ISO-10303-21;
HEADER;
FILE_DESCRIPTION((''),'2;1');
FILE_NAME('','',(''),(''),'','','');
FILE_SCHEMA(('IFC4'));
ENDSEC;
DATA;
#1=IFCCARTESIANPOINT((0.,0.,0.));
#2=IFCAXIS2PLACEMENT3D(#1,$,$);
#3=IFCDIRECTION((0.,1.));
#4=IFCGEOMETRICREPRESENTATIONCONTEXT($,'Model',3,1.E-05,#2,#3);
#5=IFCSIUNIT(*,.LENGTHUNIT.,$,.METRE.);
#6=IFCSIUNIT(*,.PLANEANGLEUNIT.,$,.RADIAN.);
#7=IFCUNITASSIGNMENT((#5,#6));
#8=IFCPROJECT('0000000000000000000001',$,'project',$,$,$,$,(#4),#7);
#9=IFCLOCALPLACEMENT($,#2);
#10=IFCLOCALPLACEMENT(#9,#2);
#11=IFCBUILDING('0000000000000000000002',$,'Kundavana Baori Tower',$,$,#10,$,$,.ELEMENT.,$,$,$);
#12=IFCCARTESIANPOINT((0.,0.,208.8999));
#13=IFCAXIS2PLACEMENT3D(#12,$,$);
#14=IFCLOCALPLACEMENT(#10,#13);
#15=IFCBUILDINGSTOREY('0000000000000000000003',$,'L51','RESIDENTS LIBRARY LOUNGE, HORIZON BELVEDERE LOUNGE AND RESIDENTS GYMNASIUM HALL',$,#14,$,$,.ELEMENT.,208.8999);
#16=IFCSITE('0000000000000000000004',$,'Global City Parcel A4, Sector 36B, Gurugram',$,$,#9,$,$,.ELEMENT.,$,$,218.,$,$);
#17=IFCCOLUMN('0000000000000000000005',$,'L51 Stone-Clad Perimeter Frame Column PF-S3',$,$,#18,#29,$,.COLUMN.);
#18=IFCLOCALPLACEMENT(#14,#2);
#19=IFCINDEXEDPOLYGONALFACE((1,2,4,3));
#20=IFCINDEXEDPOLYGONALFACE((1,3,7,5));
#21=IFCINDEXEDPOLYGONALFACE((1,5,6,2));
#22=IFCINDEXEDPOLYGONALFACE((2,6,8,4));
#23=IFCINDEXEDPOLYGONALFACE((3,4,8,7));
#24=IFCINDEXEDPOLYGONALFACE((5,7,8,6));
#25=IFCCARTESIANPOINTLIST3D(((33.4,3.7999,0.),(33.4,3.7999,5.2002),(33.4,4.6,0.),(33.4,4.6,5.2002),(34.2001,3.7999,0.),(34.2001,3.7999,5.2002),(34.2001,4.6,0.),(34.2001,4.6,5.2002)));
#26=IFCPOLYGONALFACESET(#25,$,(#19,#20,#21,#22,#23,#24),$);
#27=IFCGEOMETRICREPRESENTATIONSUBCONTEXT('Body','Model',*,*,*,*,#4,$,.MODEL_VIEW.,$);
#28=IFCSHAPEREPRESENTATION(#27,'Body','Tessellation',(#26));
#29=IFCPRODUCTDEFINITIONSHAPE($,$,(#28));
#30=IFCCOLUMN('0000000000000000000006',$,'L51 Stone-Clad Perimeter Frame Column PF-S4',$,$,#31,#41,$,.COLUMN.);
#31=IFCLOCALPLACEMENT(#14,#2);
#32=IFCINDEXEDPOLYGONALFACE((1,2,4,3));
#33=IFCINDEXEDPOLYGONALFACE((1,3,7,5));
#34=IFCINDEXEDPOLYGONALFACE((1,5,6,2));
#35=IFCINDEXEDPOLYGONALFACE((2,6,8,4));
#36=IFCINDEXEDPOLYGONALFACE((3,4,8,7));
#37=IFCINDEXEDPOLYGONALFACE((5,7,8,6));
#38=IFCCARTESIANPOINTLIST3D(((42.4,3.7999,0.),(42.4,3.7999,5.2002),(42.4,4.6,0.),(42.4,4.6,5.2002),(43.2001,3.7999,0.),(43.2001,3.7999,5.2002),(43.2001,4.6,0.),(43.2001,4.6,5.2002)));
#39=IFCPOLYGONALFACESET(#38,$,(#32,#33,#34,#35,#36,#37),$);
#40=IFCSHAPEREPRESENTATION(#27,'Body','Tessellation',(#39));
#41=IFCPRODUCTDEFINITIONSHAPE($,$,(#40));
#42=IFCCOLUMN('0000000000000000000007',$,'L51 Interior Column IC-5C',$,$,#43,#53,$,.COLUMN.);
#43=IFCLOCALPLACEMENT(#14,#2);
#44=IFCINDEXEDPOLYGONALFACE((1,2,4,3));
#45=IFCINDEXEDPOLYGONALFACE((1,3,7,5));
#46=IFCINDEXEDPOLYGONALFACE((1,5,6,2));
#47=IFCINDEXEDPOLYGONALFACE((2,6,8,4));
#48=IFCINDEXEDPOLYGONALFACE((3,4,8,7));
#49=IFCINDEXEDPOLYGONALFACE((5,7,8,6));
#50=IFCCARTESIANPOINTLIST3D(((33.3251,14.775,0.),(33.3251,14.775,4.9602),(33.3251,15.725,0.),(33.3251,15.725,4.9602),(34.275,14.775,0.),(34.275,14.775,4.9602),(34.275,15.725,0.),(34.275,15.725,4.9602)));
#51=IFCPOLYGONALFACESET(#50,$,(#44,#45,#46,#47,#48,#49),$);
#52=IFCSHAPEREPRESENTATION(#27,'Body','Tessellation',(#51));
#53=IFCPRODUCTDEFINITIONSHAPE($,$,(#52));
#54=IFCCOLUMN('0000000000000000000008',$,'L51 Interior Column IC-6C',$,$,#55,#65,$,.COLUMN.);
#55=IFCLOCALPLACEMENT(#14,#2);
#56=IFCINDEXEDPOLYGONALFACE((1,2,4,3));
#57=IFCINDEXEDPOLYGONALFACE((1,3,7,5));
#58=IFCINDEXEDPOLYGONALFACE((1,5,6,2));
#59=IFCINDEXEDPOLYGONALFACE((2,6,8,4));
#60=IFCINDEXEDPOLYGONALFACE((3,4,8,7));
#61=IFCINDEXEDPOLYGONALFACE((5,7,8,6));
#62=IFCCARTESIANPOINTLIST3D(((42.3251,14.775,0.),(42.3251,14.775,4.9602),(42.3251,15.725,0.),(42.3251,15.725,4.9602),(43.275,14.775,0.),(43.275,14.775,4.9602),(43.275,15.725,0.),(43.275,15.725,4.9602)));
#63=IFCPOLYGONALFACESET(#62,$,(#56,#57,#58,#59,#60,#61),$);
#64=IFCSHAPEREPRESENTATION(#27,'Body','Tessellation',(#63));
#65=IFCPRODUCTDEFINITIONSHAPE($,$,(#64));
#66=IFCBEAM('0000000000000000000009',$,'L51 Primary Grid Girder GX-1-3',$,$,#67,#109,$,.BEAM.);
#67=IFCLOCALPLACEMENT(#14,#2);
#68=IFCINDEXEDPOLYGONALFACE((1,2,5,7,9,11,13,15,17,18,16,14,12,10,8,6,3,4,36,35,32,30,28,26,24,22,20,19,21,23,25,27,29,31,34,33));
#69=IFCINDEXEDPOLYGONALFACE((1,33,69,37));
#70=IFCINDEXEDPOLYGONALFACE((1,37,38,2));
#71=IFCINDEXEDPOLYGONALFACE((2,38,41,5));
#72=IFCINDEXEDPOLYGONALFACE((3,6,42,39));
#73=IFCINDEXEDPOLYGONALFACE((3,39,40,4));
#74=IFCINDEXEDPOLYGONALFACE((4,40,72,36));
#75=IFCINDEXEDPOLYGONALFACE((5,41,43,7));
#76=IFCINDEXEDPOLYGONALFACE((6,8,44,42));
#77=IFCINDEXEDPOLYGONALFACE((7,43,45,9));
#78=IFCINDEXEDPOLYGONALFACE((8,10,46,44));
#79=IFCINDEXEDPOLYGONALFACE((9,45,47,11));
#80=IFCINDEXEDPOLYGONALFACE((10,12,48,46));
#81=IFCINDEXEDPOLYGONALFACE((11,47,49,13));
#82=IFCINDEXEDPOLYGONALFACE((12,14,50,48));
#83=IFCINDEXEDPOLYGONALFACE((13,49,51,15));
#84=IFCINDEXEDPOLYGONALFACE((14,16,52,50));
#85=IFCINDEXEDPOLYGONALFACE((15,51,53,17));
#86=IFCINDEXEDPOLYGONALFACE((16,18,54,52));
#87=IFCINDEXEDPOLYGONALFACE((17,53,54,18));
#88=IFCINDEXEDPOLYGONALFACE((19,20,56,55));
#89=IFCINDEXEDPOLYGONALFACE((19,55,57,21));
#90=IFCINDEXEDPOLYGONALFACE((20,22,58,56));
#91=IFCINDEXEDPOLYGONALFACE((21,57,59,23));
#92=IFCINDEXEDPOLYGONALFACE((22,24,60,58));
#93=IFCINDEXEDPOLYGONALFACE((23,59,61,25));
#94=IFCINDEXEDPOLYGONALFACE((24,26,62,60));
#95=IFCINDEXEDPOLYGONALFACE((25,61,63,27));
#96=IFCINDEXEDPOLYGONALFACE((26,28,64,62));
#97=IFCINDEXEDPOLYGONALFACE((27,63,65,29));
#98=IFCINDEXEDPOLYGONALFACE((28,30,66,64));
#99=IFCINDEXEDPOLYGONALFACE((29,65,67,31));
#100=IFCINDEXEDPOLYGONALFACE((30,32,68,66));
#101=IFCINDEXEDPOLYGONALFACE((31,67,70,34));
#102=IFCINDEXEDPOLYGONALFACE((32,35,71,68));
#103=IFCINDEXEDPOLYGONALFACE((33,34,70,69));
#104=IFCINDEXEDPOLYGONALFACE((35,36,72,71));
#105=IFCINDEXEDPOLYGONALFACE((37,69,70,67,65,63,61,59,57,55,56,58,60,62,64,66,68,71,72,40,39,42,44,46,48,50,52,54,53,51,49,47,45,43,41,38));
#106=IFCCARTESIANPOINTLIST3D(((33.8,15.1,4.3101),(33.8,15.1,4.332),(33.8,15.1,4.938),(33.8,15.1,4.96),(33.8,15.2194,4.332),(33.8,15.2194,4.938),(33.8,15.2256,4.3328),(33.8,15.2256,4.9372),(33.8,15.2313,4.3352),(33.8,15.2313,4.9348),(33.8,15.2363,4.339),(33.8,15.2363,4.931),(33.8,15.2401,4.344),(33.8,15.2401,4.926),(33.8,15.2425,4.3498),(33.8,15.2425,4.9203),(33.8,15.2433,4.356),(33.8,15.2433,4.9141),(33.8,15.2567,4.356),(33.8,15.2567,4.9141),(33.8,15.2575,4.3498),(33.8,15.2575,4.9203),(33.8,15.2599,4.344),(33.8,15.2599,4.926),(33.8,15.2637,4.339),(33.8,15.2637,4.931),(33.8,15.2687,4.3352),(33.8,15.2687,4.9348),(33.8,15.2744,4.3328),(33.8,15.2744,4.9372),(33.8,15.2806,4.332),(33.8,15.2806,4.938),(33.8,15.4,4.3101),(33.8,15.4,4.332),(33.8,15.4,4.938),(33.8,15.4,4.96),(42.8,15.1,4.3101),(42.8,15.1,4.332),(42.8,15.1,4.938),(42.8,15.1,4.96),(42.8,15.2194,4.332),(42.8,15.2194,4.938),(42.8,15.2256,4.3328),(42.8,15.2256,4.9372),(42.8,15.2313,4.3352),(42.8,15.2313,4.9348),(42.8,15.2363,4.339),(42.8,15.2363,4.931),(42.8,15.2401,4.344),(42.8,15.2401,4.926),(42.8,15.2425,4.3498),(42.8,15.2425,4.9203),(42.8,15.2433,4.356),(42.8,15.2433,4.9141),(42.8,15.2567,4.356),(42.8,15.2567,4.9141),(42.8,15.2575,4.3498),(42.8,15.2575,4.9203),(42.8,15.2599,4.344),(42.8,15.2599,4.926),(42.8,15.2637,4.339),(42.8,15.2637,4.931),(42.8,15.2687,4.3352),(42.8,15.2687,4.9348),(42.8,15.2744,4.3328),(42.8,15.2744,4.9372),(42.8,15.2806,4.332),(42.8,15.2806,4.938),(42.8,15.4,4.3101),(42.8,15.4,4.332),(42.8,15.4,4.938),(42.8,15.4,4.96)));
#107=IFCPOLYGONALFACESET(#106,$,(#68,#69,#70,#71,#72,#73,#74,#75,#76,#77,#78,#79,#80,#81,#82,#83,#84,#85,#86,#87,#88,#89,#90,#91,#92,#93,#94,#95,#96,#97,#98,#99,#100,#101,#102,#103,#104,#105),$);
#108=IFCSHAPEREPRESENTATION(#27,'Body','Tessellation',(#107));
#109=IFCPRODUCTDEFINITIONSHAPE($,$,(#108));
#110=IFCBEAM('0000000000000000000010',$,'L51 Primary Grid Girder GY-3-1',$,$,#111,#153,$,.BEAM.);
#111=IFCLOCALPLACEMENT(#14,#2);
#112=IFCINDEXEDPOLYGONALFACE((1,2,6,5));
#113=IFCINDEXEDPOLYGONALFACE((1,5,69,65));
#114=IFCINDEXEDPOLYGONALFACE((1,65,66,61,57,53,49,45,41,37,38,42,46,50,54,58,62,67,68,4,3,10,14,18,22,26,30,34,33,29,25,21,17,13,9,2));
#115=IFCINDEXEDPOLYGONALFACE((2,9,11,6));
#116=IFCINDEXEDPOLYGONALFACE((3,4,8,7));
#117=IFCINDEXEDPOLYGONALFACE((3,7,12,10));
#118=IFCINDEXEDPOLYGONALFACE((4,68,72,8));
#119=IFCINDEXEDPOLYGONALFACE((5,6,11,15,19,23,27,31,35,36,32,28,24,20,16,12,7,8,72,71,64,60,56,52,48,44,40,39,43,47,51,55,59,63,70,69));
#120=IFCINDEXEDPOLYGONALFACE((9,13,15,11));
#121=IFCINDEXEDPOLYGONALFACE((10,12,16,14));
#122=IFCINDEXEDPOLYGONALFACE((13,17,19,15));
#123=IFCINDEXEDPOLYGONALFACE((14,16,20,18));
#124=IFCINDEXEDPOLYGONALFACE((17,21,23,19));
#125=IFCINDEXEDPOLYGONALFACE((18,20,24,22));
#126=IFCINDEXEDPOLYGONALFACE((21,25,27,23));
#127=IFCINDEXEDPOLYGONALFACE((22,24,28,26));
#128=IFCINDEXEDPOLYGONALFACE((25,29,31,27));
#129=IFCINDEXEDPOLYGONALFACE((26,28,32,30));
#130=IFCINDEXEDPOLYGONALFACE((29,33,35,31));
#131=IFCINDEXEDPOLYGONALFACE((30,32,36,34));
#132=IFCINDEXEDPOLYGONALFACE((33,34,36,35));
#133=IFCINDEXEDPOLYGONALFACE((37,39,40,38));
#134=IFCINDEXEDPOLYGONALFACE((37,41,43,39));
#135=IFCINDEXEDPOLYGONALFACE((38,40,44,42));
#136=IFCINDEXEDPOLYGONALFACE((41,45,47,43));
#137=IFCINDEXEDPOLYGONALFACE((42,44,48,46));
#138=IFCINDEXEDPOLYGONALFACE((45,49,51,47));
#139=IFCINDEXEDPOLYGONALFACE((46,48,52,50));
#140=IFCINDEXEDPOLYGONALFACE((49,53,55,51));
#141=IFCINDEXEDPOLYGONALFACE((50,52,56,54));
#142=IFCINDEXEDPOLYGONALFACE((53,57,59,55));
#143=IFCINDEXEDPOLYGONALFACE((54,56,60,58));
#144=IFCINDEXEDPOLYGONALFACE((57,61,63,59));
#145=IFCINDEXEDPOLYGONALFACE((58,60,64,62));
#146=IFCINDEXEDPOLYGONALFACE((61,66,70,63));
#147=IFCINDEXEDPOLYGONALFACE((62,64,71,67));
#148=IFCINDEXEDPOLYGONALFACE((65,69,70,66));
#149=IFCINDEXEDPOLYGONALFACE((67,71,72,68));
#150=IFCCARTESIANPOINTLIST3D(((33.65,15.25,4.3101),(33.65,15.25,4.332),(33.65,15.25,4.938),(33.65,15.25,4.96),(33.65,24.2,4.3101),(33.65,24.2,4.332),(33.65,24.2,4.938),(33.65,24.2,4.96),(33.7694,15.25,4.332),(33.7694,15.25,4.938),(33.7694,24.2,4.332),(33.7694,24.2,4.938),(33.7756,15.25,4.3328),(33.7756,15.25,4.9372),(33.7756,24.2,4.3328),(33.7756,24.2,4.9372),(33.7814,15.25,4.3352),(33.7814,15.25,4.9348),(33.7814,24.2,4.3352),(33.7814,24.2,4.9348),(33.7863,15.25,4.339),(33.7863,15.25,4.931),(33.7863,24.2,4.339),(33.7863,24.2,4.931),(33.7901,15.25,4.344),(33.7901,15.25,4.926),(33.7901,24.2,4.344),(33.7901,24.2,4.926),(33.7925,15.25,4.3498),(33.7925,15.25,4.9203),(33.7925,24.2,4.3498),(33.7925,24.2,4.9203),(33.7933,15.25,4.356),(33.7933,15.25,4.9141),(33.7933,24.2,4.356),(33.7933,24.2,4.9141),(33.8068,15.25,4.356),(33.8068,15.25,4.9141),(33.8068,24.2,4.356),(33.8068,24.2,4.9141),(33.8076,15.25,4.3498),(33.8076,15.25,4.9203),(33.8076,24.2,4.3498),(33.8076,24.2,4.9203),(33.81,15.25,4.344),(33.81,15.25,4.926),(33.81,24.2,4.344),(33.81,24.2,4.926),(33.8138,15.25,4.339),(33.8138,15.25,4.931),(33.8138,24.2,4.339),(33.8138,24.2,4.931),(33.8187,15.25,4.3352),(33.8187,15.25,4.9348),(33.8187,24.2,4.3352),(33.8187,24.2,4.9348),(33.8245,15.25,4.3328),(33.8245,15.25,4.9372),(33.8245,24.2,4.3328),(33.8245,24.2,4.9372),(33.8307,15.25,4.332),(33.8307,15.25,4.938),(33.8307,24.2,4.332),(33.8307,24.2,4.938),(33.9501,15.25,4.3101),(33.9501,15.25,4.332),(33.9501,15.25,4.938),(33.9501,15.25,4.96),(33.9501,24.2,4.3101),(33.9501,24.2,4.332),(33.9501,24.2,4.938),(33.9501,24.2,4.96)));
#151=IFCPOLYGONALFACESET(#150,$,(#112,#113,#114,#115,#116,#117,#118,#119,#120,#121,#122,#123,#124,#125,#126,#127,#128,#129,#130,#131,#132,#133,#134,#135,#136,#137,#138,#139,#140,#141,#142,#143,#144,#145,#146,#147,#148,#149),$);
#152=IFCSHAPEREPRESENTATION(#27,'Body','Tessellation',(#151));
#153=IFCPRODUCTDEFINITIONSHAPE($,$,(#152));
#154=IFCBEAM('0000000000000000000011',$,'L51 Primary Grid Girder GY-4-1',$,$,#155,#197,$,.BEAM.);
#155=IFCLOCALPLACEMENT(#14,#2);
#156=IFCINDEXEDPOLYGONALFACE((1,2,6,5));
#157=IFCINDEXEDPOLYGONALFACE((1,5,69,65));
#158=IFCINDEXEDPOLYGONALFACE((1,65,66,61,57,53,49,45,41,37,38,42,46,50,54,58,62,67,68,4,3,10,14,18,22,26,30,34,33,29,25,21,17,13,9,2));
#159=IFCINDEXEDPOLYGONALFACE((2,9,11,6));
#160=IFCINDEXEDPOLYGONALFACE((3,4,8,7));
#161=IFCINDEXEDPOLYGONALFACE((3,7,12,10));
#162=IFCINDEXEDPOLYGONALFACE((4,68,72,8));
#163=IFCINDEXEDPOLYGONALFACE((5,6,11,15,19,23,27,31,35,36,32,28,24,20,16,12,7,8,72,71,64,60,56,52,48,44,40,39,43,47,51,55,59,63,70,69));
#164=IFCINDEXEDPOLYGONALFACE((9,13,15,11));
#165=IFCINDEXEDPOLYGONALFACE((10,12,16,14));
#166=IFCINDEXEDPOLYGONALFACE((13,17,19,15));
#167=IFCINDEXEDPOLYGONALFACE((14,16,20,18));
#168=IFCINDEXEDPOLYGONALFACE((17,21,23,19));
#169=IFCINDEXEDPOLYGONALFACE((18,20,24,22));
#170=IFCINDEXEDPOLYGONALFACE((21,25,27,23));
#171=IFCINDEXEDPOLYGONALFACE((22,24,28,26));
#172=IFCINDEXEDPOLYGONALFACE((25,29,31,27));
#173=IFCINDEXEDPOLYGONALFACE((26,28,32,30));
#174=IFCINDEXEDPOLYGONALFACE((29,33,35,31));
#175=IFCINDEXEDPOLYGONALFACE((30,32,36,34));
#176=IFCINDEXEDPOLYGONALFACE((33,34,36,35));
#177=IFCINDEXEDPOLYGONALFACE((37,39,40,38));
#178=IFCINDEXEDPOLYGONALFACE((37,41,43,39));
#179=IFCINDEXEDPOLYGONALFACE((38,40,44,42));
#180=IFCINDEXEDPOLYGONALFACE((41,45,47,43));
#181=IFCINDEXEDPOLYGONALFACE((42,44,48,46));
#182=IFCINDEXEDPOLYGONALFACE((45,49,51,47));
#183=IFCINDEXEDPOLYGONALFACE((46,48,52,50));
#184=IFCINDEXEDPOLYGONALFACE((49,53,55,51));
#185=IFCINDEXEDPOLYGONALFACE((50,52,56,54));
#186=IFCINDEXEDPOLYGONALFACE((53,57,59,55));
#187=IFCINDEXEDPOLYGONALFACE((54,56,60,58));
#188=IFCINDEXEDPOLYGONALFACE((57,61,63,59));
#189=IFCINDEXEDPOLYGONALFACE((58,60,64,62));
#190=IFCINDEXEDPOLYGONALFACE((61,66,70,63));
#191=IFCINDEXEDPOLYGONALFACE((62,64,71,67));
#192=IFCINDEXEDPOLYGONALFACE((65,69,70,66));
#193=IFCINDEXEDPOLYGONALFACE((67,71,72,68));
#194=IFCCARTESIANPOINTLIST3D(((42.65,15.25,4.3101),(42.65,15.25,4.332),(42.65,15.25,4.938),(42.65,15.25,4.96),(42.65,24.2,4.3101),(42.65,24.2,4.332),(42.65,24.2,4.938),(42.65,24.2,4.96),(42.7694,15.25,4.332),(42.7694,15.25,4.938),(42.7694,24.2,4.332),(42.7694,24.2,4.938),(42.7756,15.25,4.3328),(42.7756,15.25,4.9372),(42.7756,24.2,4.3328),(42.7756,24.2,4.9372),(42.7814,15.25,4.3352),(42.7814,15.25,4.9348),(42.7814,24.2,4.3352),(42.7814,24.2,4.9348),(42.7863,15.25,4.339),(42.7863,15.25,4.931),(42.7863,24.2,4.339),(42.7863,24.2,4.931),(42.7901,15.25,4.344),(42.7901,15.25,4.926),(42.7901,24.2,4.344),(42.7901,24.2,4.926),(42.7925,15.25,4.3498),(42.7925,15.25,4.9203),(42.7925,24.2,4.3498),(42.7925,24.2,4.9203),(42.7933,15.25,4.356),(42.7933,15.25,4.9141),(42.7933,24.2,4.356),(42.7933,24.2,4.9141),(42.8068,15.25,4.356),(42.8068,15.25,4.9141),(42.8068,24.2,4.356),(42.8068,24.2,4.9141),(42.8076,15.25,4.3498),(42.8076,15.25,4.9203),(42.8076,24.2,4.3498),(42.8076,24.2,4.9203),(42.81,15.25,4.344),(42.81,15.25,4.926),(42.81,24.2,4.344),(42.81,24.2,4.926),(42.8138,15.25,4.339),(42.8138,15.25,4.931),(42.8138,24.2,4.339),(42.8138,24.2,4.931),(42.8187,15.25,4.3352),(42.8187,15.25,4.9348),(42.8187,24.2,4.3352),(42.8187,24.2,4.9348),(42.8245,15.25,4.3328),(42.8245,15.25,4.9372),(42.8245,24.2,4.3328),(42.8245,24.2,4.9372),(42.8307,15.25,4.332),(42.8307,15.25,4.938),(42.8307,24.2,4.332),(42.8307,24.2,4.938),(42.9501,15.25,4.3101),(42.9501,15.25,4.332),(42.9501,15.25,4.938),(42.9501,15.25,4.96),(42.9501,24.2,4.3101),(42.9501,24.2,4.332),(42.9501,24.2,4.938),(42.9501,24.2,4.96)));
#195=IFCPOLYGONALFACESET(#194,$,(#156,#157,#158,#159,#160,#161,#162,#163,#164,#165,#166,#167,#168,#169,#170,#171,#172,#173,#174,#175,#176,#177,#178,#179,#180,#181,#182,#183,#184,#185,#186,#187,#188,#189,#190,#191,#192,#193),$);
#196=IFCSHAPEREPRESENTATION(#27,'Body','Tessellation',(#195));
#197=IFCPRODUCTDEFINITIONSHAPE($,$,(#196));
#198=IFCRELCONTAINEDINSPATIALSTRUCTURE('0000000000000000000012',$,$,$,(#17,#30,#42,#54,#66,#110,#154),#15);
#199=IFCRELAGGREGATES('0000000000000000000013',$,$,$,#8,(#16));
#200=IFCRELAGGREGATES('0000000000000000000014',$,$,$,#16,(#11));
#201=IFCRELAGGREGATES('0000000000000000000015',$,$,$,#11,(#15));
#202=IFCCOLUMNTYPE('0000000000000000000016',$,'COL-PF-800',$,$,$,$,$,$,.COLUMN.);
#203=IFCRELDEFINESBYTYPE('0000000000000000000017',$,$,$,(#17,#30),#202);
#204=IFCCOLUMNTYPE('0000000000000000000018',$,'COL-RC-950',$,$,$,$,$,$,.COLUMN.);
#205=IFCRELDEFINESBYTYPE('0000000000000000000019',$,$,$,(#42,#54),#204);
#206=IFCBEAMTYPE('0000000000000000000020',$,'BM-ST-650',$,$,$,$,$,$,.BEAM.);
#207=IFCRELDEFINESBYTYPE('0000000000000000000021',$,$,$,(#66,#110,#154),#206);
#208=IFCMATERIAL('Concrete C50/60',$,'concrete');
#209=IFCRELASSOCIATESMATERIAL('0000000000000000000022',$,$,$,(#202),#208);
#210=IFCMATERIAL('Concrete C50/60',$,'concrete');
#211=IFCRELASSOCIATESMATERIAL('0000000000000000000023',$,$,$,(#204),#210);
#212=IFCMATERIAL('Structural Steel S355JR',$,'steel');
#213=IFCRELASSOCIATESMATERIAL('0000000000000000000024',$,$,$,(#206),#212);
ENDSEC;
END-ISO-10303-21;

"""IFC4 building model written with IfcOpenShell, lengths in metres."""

from ifc_helpers import new_model, si_unit, direction, frame, origin, origin_2d, place, context, subcontext, project, spatial, rectangle, i_section, extrude, material, material_profile, profile_set, type_object, element, save


model = new_model("IFC4")

# Units and contexts
model_context = context("Model", 3, precision=1e-05, world=origin(), true_north=direction((0.0, 1.0)))
body_context = subcontext(model_context, "Body", "Model", "MODEL_VIEW")
ifc_project = project(units=[si_unit("LENGTHUNIT", "METRE"), si_unit("PLANEANGLEUNIT", "RADIAN")], contexts=[model_context])

# Site, building, storey
site_placement = place(None, origin())
site = spatial("IfcSite", under=ifc_project, at=site_placement, Name="Global City Parcel A4, Sector 36B, Gurugram", CompositionType="ELEMENT", RefElevation=218.0)
building_placement = place(site_placement, origin())
building = spatial("IfcBuilding", under=site, at=building_placement, Name="Kundavana Baori Tower", CompositionType="ELEMENT")
storey_placement = place(building_placement, frame((0.0, 0.0, 208.8999)))
storey = spatial("IfcBuildingStorey", under=building, at=storey_placement, Name="L51", Description="RESIDENTS LIBRARY LOUNGE, HORIZON BELVEDERE LOUNGE AND RESIDENTS GYMNASIUM HALL", CompositionType="ELEMENT", Elevation=208.8999)

# Columns
ifc_material_1 = material(Name="Concrete C50/60", Category="concrete")
ifc_material_profile_1 = material_profile(ifc_material_1, rectangle(XDim=0.8, YDim=0.8, at=origin_2d()), Name="RC PF 800x800")
ifc_profile_set_1 = profile_set([ifc_material_profile_1], Name="Concrete C50/60")
column_type_1 = type_object("IfcColumnType", Name="COL-PF-800", PredefinedType="COLUMN", material=ifc_profile_set_1)
for number, where, z_axis, x_axis, name in (
    (1, (33.8, 4.2, 0.0), (0.0, 0.0, 1.0), (1.0, 0.0, 0.0), "L51 Stone-Clad Perimeter Frame Column PF-S3"),
    (2, (42.8, 4.2, 0.0), (0.0, 0.0, 1.0), (1.0, 0.0, 0.0), "L51 Stone-Clad Perimeter Frame Column PF-S4"),
):
    element("IfcColumn", number, at=place(storey_placement, frame(where, z_axis=z_axis, x_axis=x_axis)), inside=storey, type_object=column_type_1, Name=name, PredefinedType="COLUMN", context=body_context, shape_type="SweptSolid", body=[
        extrude(rectangle(XDim=0.8, YDim=0.8, at=origin_2d()), origin(), (0.0, 0.0, 1.0), 5.2002),
    ])
ifc_material_2 = material(Name="Concrete C50/60", Category="concrete")
ifc_material_profile_2 = material_profile(ifc_material_2, rectangle(XDim=0.95, YDim=0.95, at=origin_2d()), Name="RC 950x950")
ifc_profile_set_2 = profile_set([ifc_material_profile_2], Name="Concrete C50/60")
column_type_2 = type_object("IfcColumnType", Name="COL-RC-950", PredefinedType="COLUMN", material=ifc_profile_set_2)
for number, where, z_axis, x_axis, name in (
    (3, (33.8, 15.25, 0.0), (0.0, 0.0, 1.0), (1.0, 0.0, 0.0), "L51 Interior Column IC-5C"),
    (4, (42.8, 15.25, 0.0), (0.0, 0.0, 1.0), (1.0, 0.0, 0.0), "L51 Interior Column IC-6C"),
):
    element("IfcColumn", number, at=place(storey_placement, frame(where, z_axis=z_axis, x_axis=x_axis)), inside=storey, type_object=column_type_2, Name=name, PredefinedType="COLUMN", context=body_context, shape_type="SweptSolid", body=[
        extrude(rectangle(XDim=0.95, YDim=0.95, at=origin_2d()), origin(), (0.0, 0.0, 1.0), 4.9602),
    ])

# Beams
ifc_material_3 = material(Name="Structural Steel S355JR", Category="steel")
ifc_material_profile_3 = material_profile(ifc_material_3, i_section(OverallWidth=0.3, OverallDepth=0.6499, WebThickness=0.0134, FlangeThickness=0.022, FilletRadius=0.0239, at=origin_2d()), Name="NPB 650x300x155")
ifc_profile_set_3 = profile_set([ifc_material_profile_3], Name="Structural Steel S355JR")
beam_type_1 = type_object("IfcBeamType", Name="BM-ST-650", PredefinedType="BEAM", material=ifc_profile_set_3)
beam_1_placement = place(storey_placement, frame((33.8, 15.25, 4.635), z_axis=(1.0, 0.0, 0.0), x_axis=(0.0, 1.0, 0.0)))
element("IfcBeam", 5, at=beam_1_placement, inside=storey, type_object=beam_type_1, Name="L51 Primary Grid Girder GX-1-3", PredefinedType="BEAM", context=body_context, shape_type="SweptSolid", body=[
    extrude(i_section(OverallWidth=0.3, OverallDepth=0.6499, WebThickness=0.0134, FlangeThickness=0.022, FilletRadius=0.0239, at=origin_2d()), origin(), (0.0, 0.0, 1.0), 9.0),
])
for number, where, z_axis, x_axis, name in (
    (6, (33.8, 15.25, 4.635), (0.0, 1.0, 0.0), (-1.0, 0.0, 0.0), "L51 Primary Grid Girder GY-3-1"),
    (7, (42.8, 15.25, 4.635), (0.0, 1.0, 0.0), (-1.0, 0.0, 0.0), "L51 Primary Grid Girder GY-4-1"),
):
    element("IfcBeam", number, at=place(storey_placement, frame(where, z_axis=z_axis, x_axis=x_axis)), inside=storey, type_object=beam_type_1, Name=name, PredefinedType="BEAM", context=body_context, shape_type="SweptSolid", body=[
        extrude(i_section(OverallWidth=0.3, OverallDepth=0.6499, WebThickness=0.0134, FlangeThickness=0.022, FilletRadius=0.0239, at=origin_2d()), origin(), (0.0, 0.0, 1.0), 8.95),
    ])

save(model, "model.ifc")
